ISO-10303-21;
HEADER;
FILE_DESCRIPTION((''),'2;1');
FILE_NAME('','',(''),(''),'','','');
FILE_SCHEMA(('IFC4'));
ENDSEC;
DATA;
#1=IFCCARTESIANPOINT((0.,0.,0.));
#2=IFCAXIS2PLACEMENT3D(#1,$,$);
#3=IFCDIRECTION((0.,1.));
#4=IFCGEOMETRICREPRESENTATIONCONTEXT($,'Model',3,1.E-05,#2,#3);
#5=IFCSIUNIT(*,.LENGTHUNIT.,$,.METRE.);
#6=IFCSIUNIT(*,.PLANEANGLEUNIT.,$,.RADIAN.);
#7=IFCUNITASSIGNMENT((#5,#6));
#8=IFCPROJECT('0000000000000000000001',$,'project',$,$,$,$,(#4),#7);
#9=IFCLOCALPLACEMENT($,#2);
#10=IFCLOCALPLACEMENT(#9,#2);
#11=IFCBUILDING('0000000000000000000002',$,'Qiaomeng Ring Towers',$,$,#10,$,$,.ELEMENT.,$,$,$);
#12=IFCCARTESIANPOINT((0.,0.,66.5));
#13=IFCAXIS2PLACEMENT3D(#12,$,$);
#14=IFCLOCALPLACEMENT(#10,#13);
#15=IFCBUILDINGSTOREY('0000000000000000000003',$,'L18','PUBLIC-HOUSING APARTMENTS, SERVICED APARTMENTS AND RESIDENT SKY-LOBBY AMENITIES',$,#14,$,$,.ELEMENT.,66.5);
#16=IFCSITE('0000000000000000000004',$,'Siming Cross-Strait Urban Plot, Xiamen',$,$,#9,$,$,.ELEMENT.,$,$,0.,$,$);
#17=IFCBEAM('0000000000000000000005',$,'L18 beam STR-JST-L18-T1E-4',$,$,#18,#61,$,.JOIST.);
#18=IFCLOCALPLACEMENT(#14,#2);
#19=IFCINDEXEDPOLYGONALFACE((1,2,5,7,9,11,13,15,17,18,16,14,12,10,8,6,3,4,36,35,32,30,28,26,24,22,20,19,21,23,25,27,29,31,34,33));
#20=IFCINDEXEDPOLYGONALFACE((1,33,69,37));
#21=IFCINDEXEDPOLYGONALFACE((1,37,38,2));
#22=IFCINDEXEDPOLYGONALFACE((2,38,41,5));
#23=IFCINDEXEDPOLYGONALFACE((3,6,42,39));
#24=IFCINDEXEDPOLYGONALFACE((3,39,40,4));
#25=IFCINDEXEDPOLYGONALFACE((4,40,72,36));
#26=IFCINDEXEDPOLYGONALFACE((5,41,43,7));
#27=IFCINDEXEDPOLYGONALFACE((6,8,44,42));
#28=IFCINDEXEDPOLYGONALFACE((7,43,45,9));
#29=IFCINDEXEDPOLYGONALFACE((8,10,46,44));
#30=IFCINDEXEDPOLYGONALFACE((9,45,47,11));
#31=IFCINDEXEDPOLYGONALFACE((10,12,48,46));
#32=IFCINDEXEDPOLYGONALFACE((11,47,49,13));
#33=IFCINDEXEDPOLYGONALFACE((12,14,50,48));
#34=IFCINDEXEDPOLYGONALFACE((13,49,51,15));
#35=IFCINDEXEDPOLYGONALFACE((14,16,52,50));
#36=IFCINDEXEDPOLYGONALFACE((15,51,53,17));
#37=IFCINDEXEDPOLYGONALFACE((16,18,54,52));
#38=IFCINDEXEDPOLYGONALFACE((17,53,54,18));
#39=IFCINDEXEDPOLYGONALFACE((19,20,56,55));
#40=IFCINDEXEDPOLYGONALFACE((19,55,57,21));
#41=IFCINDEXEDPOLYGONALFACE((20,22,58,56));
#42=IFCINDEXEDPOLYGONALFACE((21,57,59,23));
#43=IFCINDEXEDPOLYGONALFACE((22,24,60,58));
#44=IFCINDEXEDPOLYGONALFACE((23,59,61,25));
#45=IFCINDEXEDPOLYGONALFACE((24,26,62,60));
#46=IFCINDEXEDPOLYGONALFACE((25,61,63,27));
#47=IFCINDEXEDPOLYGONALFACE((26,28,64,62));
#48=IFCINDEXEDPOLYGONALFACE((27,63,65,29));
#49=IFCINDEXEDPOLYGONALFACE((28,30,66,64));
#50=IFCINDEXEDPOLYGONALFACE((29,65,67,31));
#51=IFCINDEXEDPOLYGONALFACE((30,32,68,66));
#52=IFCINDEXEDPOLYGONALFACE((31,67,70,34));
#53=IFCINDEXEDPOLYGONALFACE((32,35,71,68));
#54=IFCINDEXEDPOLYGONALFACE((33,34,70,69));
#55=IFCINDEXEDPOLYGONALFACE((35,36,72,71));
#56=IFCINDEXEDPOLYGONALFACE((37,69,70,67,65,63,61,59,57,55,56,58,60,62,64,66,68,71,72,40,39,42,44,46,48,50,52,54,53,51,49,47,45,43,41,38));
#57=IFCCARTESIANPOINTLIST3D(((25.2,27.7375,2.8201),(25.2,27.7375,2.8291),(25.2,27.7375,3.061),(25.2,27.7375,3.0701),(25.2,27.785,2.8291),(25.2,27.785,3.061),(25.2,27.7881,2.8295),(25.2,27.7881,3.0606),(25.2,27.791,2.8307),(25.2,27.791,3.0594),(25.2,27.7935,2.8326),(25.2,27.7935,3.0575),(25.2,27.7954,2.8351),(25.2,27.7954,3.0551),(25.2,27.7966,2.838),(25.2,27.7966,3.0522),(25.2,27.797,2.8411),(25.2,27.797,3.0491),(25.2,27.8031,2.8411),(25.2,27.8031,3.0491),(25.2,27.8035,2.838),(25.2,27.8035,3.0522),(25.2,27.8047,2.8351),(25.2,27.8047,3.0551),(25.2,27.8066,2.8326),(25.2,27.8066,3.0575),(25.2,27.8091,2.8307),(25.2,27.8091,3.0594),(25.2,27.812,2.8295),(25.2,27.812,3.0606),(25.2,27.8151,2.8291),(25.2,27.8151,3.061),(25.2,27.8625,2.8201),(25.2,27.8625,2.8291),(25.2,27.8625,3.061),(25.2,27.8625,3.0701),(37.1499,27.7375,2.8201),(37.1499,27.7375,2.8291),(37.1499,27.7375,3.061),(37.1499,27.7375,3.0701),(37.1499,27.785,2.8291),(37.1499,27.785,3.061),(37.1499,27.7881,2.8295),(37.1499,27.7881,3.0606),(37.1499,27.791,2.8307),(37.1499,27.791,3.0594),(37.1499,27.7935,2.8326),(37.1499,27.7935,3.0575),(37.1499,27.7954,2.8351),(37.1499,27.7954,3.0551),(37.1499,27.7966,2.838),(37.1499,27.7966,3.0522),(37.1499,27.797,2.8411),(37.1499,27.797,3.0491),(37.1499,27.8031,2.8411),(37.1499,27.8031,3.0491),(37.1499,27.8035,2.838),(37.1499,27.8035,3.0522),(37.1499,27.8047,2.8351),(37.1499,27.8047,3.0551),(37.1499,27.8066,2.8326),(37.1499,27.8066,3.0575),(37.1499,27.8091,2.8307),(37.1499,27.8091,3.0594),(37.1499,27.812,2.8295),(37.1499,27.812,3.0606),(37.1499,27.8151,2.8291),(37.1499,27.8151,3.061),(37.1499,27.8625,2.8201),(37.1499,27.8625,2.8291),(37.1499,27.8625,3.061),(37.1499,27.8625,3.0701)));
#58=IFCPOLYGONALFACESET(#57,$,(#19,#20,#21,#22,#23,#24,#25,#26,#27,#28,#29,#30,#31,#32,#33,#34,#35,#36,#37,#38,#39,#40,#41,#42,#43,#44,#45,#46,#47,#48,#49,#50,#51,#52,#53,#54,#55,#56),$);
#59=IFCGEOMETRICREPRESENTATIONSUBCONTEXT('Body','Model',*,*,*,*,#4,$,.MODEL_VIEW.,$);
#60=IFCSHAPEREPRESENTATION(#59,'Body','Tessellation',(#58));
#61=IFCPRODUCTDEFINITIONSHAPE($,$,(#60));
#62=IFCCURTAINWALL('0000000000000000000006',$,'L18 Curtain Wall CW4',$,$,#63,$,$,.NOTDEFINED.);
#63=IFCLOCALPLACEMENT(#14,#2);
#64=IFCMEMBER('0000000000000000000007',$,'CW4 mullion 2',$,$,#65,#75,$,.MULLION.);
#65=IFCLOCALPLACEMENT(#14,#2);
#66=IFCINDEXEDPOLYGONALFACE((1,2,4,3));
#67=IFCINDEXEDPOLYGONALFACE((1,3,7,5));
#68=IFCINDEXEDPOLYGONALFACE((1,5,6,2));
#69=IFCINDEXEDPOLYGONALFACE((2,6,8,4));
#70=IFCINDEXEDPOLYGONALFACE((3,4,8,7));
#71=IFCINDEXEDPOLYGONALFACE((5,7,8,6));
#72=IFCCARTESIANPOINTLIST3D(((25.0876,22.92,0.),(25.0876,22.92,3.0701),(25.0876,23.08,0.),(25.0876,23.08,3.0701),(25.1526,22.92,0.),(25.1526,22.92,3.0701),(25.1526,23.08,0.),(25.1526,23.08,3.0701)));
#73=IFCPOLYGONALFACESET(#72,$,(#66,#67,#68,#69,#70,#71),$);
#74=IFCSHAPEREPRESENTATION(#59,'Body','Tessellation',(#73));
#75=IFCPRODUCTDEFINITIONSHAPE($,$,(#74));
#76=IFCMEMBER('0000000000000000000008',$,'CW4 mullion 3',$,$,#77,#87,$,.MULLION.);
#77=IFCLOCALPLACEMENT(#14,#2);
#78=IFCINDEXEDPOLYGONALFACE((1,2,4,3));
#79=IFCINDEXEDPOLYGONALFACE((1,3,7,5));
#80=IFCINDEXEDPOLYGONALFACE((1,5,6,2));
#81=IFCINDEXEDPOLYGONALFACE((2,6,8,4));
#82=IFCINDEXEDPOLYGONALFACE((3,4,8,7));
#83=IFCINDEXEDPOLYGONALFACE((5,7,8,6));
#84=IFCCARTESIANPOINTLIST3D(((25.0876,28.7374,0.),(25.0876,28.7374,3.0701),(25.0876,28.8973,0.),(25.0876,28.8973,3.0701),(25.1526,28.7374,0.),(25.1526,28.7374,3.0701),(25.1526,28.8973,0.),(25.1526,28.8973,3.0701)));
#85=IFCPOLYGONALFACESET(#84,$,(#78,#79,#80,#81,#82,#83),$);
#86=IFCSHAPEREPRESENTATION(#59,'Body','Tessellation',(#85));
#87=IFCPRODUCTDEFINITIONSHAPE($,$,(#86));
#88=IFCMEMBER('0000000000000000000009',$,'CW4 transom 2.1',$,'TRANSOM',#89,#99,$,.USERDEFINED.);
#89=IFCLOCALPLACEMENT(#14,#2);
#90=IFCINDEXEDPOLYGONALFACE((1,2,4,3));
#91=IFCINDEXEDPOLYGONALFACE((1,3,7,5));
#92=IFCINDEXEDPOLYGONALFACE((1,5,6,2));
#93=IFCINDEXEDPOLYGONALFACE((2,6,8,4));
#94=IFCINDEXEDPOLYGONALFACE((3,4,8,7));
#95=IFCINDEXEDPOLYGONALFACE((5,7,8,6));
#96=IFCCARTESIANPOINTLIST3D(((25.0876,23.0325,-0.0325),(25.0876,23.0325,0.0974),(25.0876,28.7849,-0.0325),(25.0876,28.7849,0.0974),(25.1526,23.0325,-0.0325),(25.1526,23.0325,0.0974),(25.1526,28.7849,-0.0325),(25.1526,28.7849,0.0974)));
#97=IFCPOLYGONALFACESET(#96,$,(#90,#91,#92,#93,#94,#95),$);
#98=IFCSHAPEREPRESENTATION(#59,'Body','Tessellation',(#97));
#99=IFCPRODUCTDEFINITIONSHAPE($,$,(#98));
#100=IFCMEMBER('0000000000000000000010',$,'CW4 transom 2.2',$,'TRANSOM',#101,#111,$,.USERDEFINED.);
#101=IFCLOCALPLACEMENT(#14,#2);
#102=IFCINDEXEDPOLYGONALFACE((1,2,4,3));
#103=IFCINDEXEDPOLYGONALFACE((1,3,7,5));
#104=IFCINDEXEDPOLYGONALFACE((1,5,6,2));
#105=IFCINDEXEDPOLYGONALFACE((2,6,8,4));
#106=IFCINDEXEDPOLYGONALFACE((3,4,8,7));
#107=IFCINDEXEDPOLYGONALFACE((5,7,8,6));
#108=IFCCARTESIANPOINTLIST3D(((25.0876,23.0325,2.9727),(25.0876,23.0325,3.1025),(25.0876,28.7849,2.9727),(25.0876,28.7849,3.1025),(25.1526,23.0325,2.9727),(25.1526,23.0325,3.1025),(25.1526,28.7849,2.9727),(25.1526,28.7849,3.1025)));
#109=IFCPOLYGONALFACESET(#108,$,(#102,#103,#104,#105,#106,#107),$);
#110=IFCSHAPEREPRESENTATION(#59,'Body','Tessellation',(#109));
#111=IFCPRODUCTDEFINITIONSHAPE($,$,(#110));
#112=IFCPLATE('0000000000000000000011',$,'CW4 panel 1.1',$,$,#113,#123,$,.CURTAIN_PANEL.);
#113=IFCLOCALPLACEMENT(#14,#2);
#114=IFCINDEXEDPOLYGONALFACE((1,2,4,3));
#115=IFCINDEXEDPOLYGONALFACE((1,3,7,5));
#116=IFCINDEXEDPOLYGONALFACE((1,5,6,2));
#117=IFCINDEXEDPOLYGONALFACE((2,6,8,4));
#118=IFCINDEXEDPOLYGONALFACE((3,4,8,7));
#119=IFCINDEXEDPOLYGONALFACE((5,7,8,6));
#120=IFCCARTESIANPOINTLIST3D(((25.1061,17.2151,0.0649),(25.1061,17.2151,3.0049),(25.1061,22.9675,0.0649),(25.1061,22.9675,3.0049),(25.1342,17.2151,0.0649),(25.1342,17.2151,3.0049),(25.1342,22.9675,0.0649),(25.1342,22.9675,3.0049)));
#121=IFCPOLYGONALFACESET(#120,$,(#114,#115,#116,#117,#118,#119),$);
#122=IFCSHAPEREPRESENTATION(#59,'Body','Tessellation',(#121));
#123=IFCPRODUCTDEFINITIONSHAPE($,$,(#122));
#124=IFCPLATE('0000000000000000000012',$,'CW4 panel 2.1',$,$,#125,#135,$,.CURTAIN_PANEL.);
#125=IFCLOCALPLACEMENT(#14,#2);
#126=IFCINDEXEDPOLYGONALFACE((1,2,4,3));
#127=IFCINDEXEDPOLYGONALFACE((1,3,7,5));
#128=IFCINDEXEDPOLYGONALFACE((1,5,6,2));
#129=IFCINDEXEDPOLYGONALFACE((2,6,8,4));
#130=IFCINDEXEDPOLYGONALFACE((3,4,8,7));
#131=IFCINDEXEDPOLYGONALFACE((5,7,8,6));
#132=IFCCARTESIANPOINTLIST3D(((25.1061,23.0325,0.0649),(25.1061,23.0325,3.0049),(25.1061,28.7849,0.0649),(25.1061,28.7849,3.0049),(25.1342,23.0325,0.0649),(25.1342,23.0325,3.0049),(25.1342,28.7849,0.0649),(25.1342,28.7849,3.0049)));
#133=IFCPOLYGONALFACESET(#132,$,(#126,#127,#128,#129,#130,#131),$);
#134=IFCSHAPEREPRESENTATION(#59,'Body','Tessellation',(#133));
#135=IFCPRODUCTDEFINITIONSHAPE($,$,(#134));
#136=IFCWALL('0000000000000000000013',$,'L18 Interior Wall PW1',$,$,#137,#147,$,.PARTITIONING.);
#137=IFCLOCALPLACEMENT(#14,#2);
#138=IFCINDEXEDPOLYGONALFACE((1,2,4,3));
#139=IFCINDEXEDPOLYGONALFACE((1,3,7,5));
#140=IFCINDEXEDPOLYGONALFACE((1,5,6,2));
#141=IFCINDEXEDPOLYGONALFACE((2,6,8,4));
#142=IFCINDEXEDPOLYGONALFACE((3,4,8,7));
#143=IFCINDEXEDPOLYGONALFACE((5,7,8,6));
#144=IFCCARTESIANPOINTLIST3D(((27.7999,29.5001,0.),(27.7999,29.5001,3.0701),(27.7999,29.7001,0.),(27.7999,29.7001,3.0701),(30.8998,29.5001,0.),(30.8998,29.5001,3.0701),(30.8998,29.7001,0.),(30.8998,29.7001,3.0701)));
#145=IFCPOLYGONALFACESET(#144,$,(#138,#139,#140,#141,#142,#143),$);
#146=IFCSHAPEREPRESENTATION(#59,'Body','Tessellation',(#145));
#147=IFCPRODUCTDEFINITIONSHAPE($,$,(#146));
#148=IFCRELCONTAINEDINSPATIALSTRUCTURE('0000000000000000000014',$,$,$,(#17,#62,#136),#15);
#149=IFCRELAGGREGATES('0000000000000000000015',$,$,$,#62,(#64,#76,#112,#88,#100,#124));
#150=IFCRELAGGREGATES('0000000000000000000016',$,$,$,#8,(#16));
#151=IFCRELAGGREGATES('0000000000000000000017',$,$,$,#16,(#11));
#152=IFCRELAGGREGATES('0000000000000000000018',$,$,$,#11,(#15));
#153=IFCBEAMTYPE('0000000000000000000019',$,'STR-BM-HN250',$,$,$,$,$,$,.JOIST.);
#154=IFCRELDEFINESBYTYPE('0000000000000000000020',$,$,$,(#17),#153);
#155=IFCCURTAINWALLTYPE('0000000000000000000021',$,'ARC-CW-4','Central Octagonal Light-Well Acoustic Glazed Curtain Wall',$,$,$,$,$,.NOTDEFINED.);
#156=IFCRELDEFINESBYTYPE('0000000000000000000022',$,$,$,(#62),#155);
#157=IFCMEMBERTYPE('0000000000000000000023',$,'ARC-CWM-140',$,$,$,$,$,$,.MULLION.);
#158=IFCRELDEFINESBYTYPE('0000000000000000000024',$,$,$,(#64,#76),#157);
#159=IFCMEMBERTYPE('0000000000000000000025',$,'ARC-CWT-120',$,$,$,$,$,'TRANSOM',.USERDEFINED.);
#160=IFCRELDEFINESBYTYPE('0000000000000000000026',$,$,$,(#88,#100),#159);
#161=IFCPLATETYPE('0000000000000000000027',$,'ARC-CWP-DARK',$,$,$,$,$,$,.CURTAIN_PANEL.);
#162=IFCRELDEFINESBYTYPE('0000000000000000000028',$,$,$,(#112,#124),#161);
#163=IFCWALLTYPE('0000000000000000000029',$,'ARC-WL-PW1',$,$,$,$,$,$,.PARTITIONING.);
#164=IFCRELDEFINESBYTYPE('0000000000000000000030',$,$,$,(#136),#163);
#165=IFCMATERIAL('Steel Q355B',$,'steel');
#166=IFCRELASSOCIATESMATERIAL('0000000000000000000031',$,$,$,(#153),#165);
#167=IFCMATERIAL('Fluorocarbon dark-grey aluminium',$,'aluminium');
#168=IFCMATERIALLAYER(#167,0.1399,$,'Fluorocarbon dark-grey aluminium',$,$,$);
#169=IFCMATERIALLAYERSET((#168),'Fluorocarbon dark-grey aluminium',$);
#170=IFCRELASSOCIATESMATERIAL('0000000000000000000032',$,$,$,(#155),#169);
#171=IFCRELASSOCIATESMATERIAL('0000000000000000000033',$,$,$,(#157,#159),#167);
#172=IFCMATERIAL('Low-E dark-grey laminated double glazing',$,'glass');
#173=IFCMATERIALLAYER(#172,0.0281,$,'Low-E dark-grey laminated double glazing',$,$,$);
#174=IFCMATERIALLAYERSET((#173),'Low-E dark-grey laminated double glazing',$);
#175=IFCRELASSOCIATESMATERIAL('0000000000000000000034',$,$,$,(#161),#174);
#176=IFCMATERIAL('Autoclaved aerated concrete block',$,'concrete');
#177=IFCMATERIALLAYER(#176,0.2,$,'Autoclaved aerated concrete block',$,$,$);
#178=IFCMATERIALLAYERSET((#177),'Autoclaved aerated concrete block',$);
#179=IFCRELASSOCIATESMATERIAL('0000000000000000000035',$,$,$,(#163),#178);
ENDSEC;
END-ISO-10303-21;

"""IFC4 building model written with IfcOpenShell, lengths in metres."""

from ifc_helpers import new_model, si_unit, direction, frame, frame_2d, origin, origin_2d, place, context, subcontext, project, spatial, rectangle, i_section, extrude, source, transform, mapped, material, layer, layer_set, material_profile, profile_set, type_object, element, aggregate, save


model = new_model("IFC4")

# Units and contexts
model_context = context("Model", 3, precision=1e-05, world=origin(), true_north=direction((0.0, 1.0)))
body_context = subcontext(model_context, "Body", "Model", "MODEL_VIEW")
ifc_project = project(units=[si_unit("LENGTHUNIT", "METRE"), si_unit("PLANEANGLEUNIT", "RADIAN")], contexts=[model_context])

# Site, building, storey
site_placement = place(None, origin())
site = spatial("IfcSite", under=ifc_project, at=site_placement, Name="Siming Cross-Strait Urban Plot, Xiamen", CompositionType="ELEMENT", RefElevation=0.0)
building_placement = place(site_placement, origin())
building = spatial("IfcBuilding", under=site, at=building_placement, Name="Qiaomeng Ring Towers", CompositionType="ELEMENT")
storey_placement = place(building_placement, frame((0.0, 0.0, 66.5)))
storey = spatial("IfcBuildingStorey", under=building, at=storey_placement, Name="L18", Description="PUBLIC-HOUSING APARTMENTS, SERVICED APARTMENTS AND RESIDENT SKY-LOBBY AMENITIES", CompositionType="ELEMENT", Elevation=66.5)

# Beam
ifc_material_1 = material(Name="Steel Q355B", Category="steel")
ifc_material_profile_1 = material_profile(ifc_material_1, i_section(OverallWidth=0.125, OverallDepth=0.25, WebThickness=0.0061, FlangeThickness=0.009, FilletRadius=0.012, at=origin_2d()), Name="HN 250x125x6x9")
ifc_profile_set_1 = profile_set([ifc_material_profile_1], Name="Steel Q355B")
beam_type_1 = type_object("IfcBeamType", Name="STR-BM-HN250", PredefinedType="JOIST", material=ifc_profile_set_1)
shared_shape_1 = source(origin(), body_context, "Body", "SweptSolid", [
    extrude(i_section(OverallWidth=0.125, OverallDepth=0.25, WebThickness=0.0061, FlangeThickness=0.009, FilletRadius=0.012, at=origin_2d()), origin(), (0.0, 0.0, 1.0), 11.95),
])
for number, where, z_axis, x_axis, name in (
    (1, (25.2, 27.8, 2.9451), (1.0, 0.0, 0.0), (0.0, 1.0, 0.0), "L18 beam STR-JST-L18-T1E-4"),
):
    element("IfcBeam", number, at=place(storey_placement, frame(where, z_axis=z_axis, x_axis=x_axis)), inside=storey, type_object=beam_type_1, Name=name, PredefinedType="JOIST", context=body_context, shape_type="MappedRepresentation", body=[
        mapped(shared_shape_1, transform((0.0, 0.0, 0.0), x_axis=(1.0, 0.0, 0.0), y_axis=(0.0, 1.0, 0.0), z_axis=(0.0, 0.0, 1.0), scale=1.0)),
    ])

# Curtain wall, members, plates
ifc_material_2 = material(Name="Fluorocarbon dark-grey aluminium", Category="aluminium")
ifc_layer_1 = layer(ifc_material_2, 0.1399, Name="Fluorocarbon dark-grey aluminium")
ifc_layer_set_1 = layer_set([ifc_layer_1], Name="Fluorocarbon dark-grey aluminium")
curtain_wall_type = type_object("IfcCurtainWallType", Name="ARC-CW-4", Description="Central Octagonal Light-Well Acoustic Glazed Curtain Wall", PredefinedType="NOTDEFINED", material=ifc_layer_set_1)
curtain_wall_placement = place(storey_placement, origin())
curtain_wall = element("IfcCurtainWall", 2, at=curtain_wall_placement, inside=storey, type_object=curtain_wall_type, Name="L18 Curtain Wall CW4", PredefinedType="NOTDEFINED")
ifc_material_profile_2 = material_profile(ifc_material_2, rectangle(XDim=0.0649, YDim=0.1599, at=origin_2d()), Name="ALU MULL 65x160")
ifc_profile_set_2 = profile_set([ifc_material_profile_2], Name="Fluorocarbon dark-grey aluminium")
member_type_1 = type_object("IfcMemberType", Name="ARC-CWM-140", PredefinedType="MULLION", material=ifc_profile_set_2)
shared_shape_2 = source(origin(), body_context, "Body", "SweptSolid", [
    extrude(rectangle(XDim=0.0649, YDim=0.1599, at=origin_2d()), origin(), (0.0, 0.0, 1.0), 3.0701),
])
member_1_placement = place(storey_placement, frame((25.1201, 23.0, 0.0), z_axis=(0.0, 0.0, 1.0), x_axis=(-1.0, 0.0, 0.0)))
member_1 = element("IfcMember", 3, at=member_1_placement, type_object=member_type_1, Name="CW4 mullion 2", PredefinedType="MULLION", context=body_context, shape_type="MappedRepresentation", body=[
    mapped(shared_shape_2, transform((0.0, 0.0, 0.0), x_axis=(1.0, 0.0, 0.0), y_axis=(0.0, 1.0, 0.0), z_axis=(0.0, 0.0, 1.0), scale=1.0)),
])
member_2_placement = place(storey_placement, frame((25.1201, 28.8174, 0.0), z_axis=(0.0, 0.0, 1.0), x_axis=(-1.0, 0.0, 0.0)))
member_2 = element("IfcMember", 4, at=member_2_placement, type_object=member_type_1, Name="CW4 mullion 3", PredefinedType="MULLION", context=body_context, shape_type="MappedRepresentation", body=[
    mapped(shared_shape_2, transform((0.0, 0.0, 0.0), x_axis=(1.0, 0.0, 0.0), y_axis=(0.0, 1.0, 0.0), z_axis=(0.0, 0.0, 1.0), scale=1.0)),
])
ifc_material_profile_3 = material_profile(ifc_material_2, rectangle(XDim=0.0649, YDim=0.1299, at=origin_2d()), Name="ALU TRAN 65x130")
ifc_profile_set_3 = profile_set([ifc_material_profile_3], Name="Fluorocarbon dark-grey aluminium")
member_type_2 = type_object("IfcMemberType", Name="ARC-CWT-120", ElementType="TRANSOM", PredefinedType="USERDEFINED", material=ifc_profile_set_3)
shared_shape_3 = source(origin(), body_context, "Body", "SweptSolid", [
    extrude(rectangle(XDim=0.0649, YDim=0.1299, at=origin_2d()), origin(), (0.0, 0.0, 1.0), 5.7524),
])
member_3_placement = place(storey_placement, frame((25.1201, 23.0325, 0.0325), z_axis=(0.0, 1.0, 0.0), x_axis=(-1.0, 0.0, 0.0)))
member_3 = element("IfcMember", 5, at=member_3_placement, type_object=member_type_2, Name="CW4 transom 2.1", ObjectType="TRANSOM", PredefinedType="USERDEFINED", context=body_context, shape_type="MappedRepresentation", body=[
    mapped(shared_shape_3, transform((0.0, 0.0, 0.0), x_axis=(1.0, 0.0, 0.0), y_axis=(0.0, 1.0, 0.0), z_axis=(0.0, 0.0, 1.0), scale=1.0)),
])
member_4_placement = place(storey_placement, frame((25.1201, 23.0325, 3.0376), z_axis=(0.0, 1.0, 0.0), x_axis=(-1.0, 0.0, 0.0)))
member_4 = element("IfcMember", 6, at=member_4_placement, type_object=member_type_2, Name="CW4 transom 2.2", ObjectType="TRANSOM", PredefinedType="USERDEFINED", context=body_context, shape_type="MappedRepresentation", body=[
    mapped(shared_shape_3, transform((0.0, 0.0, 0.0), x_axis=(1.0, 0.0, 0.0), y_axis=(0.0, 1.0, 0.0), z_axis=(0.0, 0.0, 1.0), scale=1.0)),
])
ifc_material_3 = material(Name="Low-E dark-grey laminated double glazing", Category="glass")
ifc_layer_2 = layer(ifc_material_3, 0.0281, Name="Low-E dark-grey laminated double glazing")
ifc_layer_set_2 = layer_set([ifc_layer_2], Name="Low-E dark-grey laminated double glazing")
plate_type = type_object("IfcPlateType", Name="ARC-CWP-DARK", PredefinedType="CURTAIN_PANEL", material=ifc_layer_set_2)
shared_shape_4 = source(origin(), body_context, "Body", "SweptSolid", [
    extrude(rectangle(XDim=5.7524, YDim=0.0281, at=origin_2d()), origin(), (0.0, 0.0, 1.0), 2.9399),
])
plate_1_placement = place(storey_placement, frame((25.1201, 20.0913, 0.0649), z_axis=(0.0, 0.0, 1.0), x_axis=(0.0, 1.0, 0.0)))
plate_1 = element("IfcPlate", 7, at=plate_1_placement, type_object=plate_type, Name="CW4 panel 1.1", PredefinedType="CURTAIN_PANEL", context=body_context, shape_type="MappedRepresentation", body=[
    mapped(shared_shape_4, transform((0.0, 0.0, 0.0), x_axis=(1.0, 0.0, 0.0), y_axis=(0.0, 1.0, 0.0), z_axis=(0.0, 0.0, 1.0), scale=1.0)),
])
plate_2_placement = place(storey_placement, frame((25.1201, 25.9087, 0.0649), z_axis=(0.0, 0.0, 1.0), x_axis=(0.0, 1.0, 0.0)))
plate_2 = element("IfcPlate", 8, at=plate_2_placement, type_object=plate_type, Name="CW4 panel 2.1", PredefinedType="CURTAIN_PANEL", context=body_context, shape_type="MappedRepresentation", body=[
    mapped(shared_shape_4, transform((0.0, 0.0, 0.0), x_axis=(1.0, 0.0, 0.0), y_axis=(0.0, 1.0, 0.0), z_axis=(0.0, 0.0, 1.0), scale=1.0)),
])
aggregate(curtain_wall, [member_1, member_2, plate_1, member_3, member_4, plate_2])

# Wall
ifc_material_4 = material(Name="Autoclaved aerated concrete block", Category="concrete")
ifc_layer_3 = layer(ifc_material_4, 0.2, Name="Autoclaved aerated concrete block")
ifc_layer_set_3 = layer_set([ifc_layer_3], Name="Autoclaved aerated concrete block")
wall_type_1 = type_object("IfcWallType", Name="ARC-WL-PW1", PredefinedType="PARTITIONING", material=ifc_layer_set_3)
wall_1_placement = place(storey_placement, frame((27.8, 29.6001, 0.0), z_axis=(0.0, 0.0, 1.0), x_axis=(1.0, 0.0, 0.0)))
element("IfcWall", 9, at=wall_1_placement, inside=storey, type_object=wall_type_1, Name="L18 Interior Wall PW1", PredefinedType="PARTITIONING", context=body_context, shape_type="SweptSolid", body=[
    extrude(rectangle(XDim=3.0999, YDim=0.2, at=frame_2d((1.5498, 0.0))), origin(), (0.0, 0.0, 1.0), 3.0701),
])

save(model, "model.ifc")
